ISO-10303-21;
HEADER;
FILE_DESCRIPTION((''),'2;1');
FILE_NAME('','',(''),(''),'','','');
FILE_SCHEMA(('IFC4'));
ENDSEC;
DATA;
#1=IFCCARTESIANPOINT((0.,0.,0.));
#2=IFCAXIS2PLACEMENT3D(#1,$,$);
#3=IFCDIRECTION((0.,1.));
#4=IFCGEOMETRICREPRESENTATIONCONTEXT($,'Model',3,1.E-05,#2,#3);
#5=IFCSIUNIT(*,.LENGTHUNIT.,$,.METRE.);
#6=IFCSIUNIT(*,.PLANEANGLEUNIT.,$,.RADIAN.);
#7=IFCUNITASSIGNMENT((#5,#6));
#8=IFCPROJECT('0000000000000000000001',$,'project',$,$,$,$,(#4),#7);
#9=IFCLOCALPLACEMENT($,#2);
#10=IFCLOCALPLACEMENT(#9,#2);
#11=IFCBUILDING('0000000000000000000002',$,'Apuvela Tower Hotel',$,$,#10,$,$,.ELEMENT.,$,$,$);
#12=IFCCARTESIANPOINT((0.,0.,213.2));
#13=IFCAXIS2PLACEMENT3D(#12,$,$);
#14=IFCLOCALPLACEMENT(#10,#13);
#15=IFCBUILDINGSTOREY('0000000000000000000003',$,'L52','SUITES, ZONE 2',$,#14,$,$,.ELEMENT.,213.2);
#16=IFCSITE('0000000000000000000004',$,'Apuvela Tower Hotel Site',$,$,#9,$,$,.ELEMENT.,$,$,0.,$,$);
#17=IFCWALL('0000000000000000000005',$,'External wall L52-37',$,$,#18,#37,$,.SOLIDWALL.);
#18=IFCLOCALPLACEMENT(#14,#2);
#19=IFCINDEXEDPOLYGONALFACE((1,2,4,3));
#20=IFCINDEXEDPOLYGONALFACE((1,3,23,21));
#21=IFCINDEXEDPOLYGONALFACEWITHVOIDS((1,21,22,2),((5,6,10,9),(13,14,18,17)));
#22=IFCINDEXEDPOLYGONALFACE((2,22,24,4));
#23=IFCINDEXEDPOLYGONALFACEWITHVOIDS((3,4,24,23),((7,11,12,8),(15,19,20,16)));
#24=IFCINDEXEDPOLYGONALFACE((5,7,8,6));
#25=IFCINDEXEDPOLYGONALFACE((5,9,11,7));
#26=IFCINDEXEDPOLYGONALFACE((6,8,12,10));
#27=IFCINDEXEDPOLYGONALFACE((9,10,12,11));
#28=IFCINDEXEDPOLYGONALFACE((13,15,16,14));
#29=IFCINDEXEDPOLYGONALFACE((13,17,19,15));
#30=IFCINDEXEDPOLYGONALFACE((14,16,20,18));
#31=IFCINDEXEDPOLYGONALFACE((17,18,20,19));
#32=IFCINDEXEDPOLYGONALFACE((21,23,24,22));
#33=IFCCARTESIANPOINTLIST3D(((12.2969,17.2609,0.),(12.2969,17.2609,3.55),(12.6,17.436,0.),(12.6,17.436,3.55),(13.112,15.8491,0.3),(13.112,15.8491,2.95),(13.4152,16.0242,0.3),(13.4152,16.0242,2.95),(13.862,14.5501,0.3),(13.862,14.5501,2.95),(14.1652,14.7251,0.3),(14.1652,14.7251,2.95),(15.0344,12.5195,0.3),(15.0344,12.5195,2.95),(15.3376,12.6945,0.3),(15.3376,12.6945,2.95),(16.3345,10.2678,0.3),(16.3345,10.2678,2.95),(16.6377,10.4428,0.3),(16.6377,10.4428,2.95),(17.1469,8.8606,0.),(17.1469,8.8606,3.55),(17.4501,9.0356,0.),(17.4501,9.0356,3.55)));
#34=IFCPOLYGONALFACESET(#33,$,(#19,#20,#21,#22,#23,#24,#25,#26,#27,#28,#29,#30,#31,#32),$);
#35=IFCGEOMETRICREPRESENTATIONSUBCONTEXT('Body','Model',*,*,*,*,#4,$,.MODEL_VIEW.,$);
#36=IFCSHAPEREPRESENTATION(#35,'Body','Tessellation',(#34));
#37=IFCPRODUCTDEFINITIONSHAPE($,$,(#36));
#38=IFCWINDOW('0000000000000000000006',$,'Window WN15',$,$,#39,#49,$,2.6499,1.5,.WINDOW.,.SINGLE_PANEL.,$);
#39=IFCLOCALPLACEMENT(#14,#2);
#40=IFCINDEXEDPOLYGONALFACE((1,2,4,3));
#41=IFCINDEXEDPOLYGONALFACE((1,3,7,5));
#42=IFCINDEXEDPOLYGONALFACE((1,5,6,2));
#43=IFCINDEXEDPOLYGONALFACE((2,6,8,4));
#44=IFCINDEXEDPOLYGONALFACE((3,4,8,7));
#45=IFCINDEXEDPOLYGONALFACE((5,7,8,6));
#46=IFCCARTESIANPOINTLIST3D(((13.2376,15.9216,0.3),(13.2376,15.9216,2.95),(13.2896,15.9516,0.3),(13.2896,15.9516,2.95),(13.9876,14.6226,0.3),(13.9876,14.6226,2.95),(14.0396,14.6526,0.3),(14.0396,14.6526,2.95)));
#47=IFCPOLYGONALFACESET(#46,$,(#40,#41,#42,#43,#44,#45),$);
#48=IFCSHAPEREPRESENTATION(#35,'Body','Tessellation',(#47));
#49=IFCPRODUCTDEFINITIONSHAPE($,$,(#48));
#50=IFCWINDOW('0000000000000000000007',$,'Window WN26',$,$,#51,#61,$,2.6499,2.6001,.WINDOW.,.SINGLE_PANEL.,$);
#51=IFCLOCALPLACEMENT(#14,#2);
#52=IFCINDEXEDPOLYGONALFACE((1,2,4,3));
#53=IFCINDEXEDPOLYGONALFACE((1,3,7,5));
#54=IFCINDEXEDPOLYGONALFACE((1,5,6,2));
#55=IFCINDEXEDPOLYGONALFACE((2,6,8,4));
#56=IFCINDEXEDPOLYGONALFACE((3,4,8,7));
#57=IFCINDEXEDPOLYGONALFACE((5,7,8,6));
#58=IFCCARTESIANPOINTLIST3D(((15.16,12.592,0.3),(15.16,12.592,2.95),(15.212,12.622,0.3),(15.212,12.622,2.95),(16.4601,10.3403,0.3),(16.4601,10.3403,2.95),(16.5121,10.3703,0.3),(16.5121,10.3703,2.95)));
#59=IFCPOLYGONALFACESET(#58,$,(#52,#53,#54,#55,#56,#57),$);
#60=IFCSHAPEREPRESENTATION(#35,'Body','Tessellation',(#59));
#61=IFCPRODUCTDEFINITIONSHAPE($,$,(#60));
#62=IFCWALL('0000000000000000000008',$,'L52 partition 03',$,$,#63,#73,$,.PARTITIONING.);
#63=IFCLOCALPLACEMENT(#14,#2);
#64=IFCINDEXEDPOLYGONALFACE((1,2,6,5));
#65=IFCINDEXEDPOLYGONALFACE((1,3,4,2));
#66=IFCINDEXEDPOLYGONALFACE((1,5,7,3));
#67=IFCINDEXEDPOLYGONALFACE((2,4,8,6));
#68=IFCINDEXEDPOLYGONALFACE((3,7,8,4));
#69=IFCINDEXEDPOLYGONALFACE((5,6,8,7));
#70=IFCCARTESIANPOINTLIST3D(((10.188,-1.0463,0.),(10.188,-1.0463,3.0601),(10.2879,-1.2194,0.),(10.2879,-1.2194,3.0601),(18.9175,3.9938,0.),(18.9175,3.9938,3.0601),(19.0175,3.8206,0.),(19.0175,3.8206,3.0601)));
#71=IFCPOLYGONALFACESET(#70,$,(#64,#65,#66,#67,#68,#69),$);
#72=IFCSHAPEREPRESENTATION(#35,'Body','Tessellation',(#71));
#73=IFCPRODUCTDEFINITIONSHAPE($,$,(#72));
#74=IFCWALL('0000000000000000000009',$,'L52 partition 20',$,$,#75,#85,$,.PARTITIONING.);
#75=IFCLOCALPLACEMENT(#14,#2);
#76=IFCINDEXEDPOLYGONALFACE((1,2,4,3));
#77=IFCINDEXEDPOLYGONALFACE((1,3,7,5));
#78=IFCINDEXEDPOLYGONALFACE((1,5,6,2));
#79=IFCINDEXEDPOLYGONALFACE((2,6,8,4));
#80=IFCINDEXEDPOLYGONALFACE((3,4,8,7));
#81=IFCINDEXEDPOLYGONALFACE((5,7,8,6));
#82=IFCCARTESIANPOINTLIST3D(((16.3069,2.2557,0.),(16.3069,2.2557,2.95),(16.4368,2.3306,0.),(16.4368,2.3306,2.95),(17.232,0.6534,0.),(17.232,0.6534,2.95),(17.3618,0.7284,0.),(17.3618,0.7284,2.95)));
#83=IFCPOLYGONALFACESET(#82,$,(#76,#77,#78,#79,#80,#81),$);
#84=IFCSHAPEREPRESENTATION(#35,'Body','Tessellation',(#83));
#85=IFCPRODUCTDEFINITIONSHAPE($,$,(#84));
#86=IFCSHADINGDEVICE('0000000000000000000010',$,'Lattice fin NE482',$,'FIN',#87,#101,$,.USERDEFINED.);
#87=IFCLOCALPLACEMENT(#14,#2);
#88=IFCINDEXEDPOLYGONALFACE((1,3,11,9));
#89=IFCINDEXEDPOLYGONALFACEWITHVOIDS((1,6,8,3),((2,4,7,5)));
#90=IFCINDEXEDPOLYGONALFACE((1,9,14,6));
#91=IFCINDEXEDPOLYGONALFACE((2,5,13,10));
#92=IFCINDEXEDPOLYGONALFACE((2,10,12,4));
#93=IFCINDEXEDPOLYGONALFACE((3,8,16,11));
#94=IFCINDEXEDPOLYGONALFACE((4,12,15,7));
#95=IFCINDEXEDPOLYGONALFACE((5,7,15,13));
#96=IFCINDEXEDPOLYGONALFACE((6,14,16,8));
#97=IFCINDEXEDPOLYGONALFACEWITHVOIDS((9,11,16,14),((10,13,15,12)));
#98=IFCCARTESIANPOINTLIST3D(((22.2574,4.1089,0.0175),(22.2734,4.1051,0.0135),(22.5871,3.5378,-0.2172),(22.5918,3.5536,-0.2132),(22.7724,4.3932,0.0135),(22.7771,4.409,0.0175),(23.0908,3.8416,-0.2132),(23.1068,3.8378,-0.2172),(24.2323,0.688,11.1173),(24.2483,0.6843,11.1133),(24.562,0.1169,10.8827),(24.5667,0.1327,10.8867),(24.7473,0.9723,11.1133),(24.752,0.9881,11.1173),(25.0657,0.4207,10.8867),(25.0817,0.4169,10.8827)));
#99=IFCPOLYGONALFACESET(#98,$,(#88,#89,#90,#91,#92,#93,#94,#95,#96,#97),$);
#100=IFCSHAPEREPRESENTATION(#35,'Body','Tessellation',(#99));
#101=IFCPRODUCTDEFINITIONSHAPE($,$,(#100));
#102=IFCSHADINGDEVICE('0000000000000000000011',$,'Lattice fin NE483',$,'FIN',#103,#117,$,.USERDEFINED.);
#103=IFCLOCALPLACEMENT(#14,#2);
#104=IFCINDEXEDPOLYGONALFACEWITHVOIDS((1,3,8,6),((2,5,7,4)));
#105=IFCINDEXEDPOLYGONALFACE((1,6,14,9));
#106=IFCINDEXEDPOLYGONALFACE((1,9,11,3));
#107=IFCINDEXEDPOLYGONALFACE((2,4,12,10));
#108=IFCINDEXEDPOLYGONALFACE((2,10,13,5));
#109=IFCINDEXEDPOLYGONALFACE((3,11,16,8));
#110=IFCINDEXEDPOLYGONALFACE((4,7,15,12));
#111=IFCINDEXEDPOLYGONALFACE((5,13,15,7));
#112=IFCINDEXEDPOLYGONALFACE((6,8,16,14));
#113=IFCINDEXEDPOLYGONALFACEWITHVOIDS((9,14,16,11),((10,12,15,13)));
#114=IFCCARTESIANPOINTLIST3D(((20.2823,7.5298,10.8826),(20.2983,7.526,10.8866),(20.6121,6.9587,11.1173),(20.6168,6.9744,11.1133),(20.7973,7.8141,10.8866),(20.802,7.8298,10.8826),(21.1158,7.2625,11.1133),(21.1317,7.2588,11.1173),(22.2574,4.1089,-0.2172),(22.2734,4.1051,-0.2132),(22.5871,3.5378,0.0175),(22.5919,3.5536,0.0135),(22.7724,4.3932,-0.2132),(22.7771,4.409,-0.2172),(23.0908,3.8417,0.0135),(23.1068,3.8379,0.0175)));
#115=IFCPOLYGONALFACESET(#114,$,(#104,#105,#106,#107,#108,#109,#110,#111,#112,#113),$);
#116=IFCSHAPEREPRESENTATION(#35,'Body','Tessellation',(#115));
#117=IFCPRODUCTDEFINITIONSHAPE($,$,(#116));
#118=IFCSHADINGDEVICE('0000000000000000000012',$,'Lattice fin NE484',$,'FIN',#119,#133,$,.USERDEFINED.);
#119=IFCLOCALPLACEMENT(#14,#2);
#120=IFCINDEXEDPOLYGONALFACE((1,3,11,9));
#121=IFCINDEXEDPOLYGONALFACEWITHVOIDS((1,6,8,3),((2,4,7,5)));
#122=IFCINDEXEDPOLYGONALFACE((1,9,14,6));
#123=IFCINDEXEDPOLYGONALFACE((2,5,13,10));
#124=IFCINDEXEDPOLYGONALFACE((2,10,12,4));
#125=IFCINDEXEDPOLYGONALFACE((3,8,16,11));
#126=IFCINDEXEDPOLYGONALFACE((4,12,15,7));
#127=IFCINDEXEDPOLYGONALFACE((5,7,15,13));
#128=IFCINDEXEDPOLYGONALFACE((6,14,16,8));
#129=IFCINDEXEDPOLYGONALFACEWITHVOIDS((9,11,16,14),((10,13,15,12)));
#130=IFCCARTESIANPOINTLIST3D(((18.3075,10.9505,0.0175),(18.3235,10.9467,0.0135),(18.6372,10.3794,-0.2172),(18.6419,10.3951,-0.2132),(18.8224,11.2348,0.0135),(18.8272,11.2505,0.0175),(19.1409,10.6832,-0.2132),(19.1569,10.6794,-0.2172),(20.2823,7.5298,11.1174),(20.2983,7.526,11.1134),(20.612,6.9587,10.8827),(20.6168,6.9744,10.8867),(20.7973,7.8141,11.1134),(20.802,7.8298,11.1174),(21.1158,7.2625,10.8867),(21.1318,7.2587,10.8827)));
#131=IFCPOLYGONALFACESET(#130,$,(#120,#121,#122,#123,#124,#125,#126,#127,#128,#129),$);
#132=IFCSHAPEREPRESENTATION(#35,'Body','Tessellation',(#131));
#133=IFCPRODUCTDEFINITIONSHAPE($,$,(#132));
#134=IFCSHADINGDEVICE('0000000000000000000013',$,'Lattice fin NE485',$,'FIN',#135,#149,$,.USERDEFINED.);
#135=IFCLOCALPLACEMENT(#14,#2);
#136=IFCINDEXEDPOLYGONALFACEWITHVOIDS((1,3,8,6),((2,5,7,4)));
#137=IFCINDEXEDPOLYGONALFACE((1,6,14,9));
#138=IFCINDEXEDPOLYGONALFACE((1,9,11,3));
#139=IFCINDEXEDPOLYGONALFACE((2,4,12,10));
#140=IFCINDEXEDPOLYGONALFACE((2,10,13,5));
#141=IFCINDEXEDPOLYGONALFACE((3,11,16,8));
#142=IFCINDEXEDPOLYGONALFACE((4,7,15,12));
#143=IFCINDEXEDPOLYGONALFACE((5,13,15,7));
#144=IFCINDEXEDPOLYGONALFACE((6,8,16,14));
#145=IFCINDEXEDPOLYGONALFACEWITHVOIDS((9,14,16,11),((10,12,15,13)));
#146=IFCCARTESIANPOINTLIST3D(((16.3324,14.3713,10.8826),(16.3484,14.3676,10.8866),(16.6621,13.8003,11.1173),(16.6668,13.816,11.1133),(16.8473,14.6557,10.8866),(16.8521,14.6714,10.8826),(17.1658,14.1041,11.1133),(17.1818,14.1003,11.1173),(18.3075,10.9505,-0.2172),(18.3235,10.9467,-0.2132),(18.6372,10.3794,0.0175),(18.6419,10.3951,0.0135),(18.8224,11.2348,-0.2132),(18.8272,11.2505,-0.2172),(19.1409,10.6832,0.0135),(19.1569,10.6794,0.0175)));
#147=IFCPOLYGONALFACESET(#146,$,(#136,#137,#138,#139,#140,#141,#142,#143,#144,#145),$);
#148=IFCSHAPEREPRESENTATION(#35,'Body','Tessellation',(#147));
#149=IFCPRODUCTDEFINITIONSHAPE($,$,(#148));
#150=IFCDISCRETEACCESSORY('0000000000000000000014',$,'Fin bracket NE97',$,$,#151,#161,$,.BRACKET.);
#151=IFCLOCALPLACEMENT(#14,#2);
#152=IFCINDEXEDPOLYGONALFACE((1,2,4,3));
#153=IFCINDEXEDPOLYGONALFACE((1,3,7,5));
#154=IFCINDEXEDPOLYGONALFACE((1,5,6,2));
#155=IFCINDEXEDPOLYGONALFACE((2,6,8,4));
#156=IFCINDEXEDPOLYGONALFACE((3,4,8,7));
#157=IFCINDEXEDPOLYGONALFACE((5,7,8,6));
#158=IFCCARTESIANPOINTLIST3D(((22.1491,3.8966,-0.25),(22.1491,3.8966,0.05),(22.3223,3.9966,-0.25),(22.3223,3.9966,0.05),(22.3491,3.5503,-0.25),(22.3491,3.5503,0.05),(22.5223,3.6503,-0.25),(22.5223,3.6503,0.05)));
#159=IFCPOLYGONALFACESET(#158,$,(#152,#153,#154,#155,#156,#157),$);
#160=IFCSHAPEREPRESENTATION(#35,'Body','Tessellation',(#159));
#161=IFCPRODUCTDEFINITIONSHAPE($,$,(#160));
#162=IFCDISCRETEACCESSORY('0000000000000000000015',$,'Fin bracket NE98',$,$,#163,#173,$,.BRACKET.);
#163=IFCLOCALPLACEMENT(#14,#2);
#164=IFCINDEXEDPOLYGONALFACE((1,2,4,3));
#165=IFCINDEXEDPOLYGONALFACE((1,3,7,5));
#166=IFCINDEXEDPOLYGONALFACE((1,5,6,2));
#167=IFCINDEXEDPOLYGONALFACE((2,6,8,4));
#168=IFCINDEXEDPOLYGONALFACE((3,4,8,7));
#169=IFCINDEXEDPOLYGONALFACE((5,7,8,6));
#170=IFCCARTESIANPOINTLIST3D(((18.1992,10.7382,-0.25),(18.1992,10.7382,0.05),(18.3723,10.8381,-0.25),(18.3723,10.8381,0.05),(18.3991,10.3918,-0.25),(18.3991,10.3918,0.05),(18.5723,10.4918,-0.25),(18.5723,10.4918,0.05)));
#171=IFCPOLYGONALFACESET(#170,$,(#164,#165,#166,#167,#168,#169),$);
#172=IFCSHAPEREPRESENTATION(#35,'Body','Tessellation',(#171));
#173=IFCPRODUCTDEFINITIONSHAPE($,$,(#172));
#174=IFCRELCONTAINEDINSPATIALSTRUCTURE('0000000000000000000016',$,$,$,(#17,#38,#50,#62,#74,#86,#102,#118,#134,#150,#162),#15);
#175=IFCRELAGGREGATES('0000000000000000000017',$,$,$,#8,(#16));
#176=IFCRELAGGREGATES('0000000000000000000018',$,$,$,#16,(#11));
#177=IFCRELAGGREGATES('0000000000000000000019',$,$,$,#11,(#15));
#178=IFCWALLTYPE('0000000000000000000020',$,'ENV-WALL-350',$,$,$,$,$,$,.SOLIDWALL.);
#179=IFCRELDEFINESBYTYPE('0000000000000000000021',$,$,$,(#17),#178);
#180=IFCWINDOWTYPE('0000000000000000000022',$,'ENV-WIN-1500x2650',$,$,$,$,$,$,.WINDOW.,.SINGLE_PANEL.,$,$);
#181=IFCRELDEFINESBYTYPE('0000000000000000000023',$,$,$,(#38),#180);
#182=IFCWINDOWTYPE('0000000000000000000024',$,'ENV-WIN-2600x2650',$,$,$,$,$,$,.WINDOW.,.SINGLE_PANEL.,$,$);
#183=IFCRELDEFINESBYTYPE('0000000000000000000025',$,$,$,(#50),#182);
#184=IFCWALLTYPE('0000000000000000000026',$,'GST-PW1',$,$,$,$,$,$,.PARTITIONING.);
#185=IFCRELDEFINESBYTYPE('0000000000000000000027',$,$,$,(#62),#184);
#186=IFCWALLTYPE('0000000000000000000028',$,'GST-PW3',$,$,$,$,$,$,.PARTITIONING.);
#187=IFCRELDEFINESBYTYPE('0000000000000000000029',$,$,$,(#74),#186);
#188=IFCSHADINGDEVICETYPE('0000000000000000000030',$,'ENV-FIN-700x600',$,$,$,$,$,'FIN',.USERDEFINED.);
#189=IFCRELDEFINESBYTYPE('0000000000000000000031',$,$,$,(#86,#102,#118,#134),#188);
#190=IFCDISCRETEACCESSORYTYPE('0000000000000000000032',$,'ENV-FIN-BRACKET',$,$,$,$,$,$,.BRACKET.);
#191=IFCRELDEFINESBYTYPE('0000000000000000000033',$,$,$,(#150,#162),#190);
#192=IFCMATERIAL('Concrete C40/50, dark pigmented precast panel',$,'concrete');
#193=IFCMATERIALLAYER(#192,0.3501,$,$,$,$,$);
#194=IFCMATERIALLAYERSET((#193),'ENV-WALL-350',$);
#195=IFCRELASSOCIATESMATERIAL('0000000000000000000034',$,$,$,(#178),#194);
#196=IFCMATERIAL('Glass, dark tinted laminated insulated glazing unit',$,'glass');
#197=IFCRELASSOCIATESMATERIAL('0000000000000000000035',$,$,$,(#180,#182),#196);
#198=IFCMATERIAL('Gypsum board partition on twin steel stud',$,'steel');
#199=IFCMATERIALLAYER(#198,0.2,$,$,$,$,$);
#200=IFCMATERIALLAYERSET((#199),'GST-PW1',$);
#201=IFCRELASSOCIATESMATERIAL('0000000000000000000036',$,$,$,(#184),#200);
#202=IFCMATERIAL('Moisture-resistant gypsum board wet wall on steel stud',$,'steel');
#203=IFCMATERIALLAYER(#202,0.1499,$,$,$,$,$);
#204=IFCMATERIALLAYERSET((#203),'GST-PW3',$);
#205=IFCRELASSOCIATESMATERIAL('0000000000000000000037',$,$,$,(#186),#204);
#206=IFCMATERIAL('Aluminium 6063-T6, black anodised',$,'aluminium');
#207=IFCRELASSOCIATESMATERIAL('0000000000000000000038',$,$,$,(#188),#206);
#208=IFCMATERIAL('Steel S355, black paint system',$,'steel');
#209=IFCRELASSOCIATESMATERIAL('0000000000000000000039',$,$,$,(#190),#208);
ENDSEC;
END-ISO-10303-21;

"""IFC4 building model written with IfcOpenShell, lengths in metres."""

from ifc_helpers import new_model, si_unit, direction, frame, frame_2d, origin, origin_2d, place, context, subcontext, project, spatial, rectangle, hollow_rectangle, extrude, material, layer, layer_set, material_profile, profile_set, type_object, element, fill, save


model = new_model("IFC4")

# Units and contexts
model_context = context("Model", 3, precision=1e-05, world=origin(), true_north=direction((0.0, 1.0)))
body_context = subcontext(model_context, "Body", "Model", "MODEL_VIEW")
ifc_project = project(units=[si_unit("LENGTHUNIT", "METRE"), si_unit("PLANEANGLEUNIT", "RADIAN")], contexts=[model_context])

# Site, building, storey
site_placement = place(None, origin())
site = spatial("IfcSite", under=ifc_project, at=site_placement, Name="Apuvela Tower Hotel Site", CompositionType="ELEMENT", RefElevation=0.0)
building_placement = place(site_placement, origin())
building = spatial("IfcBuilding", under=site, at=building_placement, Name="Apuvela Tower Hotel", CompositionType="ELEMENT")
storey_placement = place(building_placement, frame((0.0, 0.0, 213.2)))
storey = spatial("IfcBuildingStorey", under=building, at=storey_placement, Name="L52", Description="SUITES, ZONE 2", CompositionType="ELEMENT", Elevation=213.2)

# Shared definitions
ifc_material_1 = material(Name="Concrete C40/50, dark pigmented precast panel", Category="concrete")
ifc_layer_1 = layer(ifc_material_1, 0.3501)
ifc_layer_set_1 = layer_set([ifc_layer_1], Name="ENV-WALL-350")
wall_type_1 = type_object("IfcWallType", Name="ENV-WALL-350", PredefinedType="SOLIDWALL", material=ifc_layer_set_1)

# Shared definitions
ifc_material_2 = material(Name="Glass, dark tinted laminated insulated glazing unit", Category="glass")
window_type_1 = type_object("IfcWindowType", Name="ENV-WIN-1500x2650", PartitioningType="SINGLE_PANEL", PredefinedType="WINDOW", material=ifc_material_2)

# Wall, openings, windows
wall_1_placement = place(storey_placement, frame((17.2986, 8.948, 0.0), z_axis=(0.0, 0.0, 1.0), x_axis=(-0.50001, 0.86602, 0.0)))
wall_1 = element("IfcWall", 1, at=wall_1_placement, inside=storey, type_object=wall_type_1, Name="External wall L52-37", PredefinedType="SOLIDWALL", context=body_context, shape_type="SweptSolid", body=[
    extrude(rectangle(XDim=9.7, YDim=0.3501, at=frame_2d((4.8501, 0.0))), origin(), (0.0, 0.0, 1.0), 3.55),
])
opening_1_placement = place(wall_1_placement, frame((1.625, 0.0, 0.3)))
opening_1 = element("IfcOpeningElement", 2, at=opening_1_placement, cuts=wall_1, PredefinedType="OPENING", context=body_context, shape_type="SweptSolid", body=[
    extrude(rectangle(XDim=2.6001, YDim=2.6499, at=frame_2d((1.3, 1.325))), frame((0.0, 0.1851, 0.0), z_axis=(0.0, -1.0, 0.0), x_axis=(1.0, 0.0, 0.0)), (0.0, 0.0, 1.0), 0.3701),
])
opening_2_placement = place(wall_1_placement, frame((6.5698, 0.0, 0.3)))
opening_2 = element("IfcOpeningElement", 3, at=opening_2_placement, cuts=wall_1, PredefinedType="OPENING", context=body_context, shape_type="SweptSolid", body=[
    extrude(rectangle(XDim=1.5, YDim=2.6499, at=frame_2d((0.75, 1.325))), frame((0.0, 0.1851, 0.0), z_axis=(0.0, -1.0, 0.0), x_axis=(1.0, 0.0, 0.0)), (0.0, 0.0, 1.0), 0.3701),
])
window_1_placement = place(opening_2_placement, origin())
window_1 = element("IfcWindow", 4, at=window_1_placement, inside=storey, type_object=window_type_1, Name="Window WN15", OverallHeight=2.6499, OverallWidth=1.5, PartitioningType="SINGLE_PANEL", PredefinedType="WINDOW", context=body_context, shape_type="SweptSolid", body=[
    extrude(rectangle(XDim=1.5, YDim=2.6499, at=frame_2d((0.75, 1.325))), frame((0.0, 0.03, 0.0), z_axis=(0.0, -1.0, 0.0), x_axis=(1.0, 0.0, 0.0)), (0.0, 0.0, 1.0), 0.0601),
])
fill(opening_2, window_1)
window_type_2 = type_object("IfcWindowType", Name="ENV-WIN-2600x2650", PartitioningType="SINGLE_PANEL", PredefinedType="WINDOW", material=ifc_material_2)
window_2_placement = place(opening_1_placement, origin())
window_2 = element("IfcWindow", 5, at=window_2_placement, inside=storey, type_object=window_type_2, Name="Window WN26", OverallHeight=2.6499, OverallWidth=2.6001, PartitioningType="SINGLE_PANEL", PredefinedType="WINDOW", context=body_context, shape_type="SweptSolid", body=[
    extrude(rectangle(XDim=2.6001, YDim=2.6499, at=frame_2d((1.3, 1.325))), frame((0.0, 0.03, 0.0), z_axis=(0.0, -1.0, 0.0), x_axis=(1.0, 0.0, 0.0)), (0.0, 0.0, 1.0), 0.0601),
])
fill(opening_1, window_2)

# Walls
ifc_material_3 = material(Name="Gypsum board partition on twin steel stud", Category="steel")
ifc_layer_2 = layer(ifc_material_3, 0.2)
ifc_layer_set_2 = layer_set([ifc_layer_2], Name="GST-PW1")
wall_type_2 = type_object("IfcWallType", Name="GST-PW1", PredefinedType="PARTITIONING", material=ifc_layer_set_2)
wall_2_placement = place(storey_placement, frame((18.9675, 3.9072, 0.0), z_axis=(0.0, 0.0, 1.0), x_axis=(-0.866023, -0.500005, 0.0)))
element("IfcWall", 6, at=wall_2_placement, inside=storey, type_object=wall_type_2, Name="L52 partition 03", PredefinedType="PARTITIONING", context=body_context, shape_type="SweptSolid", body=[
    extrude(rectangle(XDim=10.0801, YDim=0.2, at=frame_2d((5.04, 0.0))), origin(), (0.0, 0.0, 1.0), 3.0601),
])
ifc_material_4 = material(Name="Moisture-resistant gypsum board wet wall on steel stud", Category="steel")
ifc_layer_3 = layer(ifc_material_4, 0.1499)
ifc_layer_set_3 = layer_set([ifc_layer_3], Name="GST-PW3")
wall_type_3 = type_object("IfcWallType", Name="GST-PW3", PredefinedType="PARTITIONING", material=ifc_layer_set_3)
wall_3_placement = place(storey_placement, frame((17.2969, 0.6909, 0.0), z_axis=(0.0, 0.0, 1.0), x_axis=(-0.499985, 0.866034, 0.0)))
element("IfcWall", 7, at=wall_3_placement, inside=storey, type_object=wall_type_3, Name="L52 partition 20", PredefinedType="PARTITIONING", context=body_context, shape_type="SweptSolid", body=[
    extrude(rectangle(XDim=1.8501, YDim=0.1499, at=frame_2d((0.925, 0.0))), origin(), (0.0, 0.0, 1.0), 2.95),
])

# Shading devices
ifc_material_5 = material(Name="Aluminium 6063-T6, black anodised", Category="aluminium")
ifc_material_profile_1 = material_profile(ifc_material_5, hollow_rectangle(XDim=0.6001, YDim=0.7, WallThickness=0.012, at=origin_2d()), Name="AL BOX 700x600x12")
ifc_profile_set_1 = profile_set([ifc_material_profile_1], Name="Aluminium 6063-T6, black anodised")
shading_device_type = type_object("IfcShadingDeviceType", Name="ENV-FIN-700x600", ElementType="FIN", PredefinedType="USERDEFINED", material=ifc_profile_set_1)
for number, where, z_axis, x_axis, name in (
    (8, (22.6821, 3.9734, -0.0999), (0.16762, -0.290356, 0.942124), (0.866048, 0.499961, 0.0), "Lattice fin NE482"),
    (9, (22.6821, 3.9734, -0.0999), (-0.16764, 0.290355, 0.94212), (-0.866021, -0.500008, 0.0), "Lattice fin NE483"),
    (10, (18.7322, 10.8149, -0.0999), (0.167621, -0.290337, 0.942129), (0.866032, 0.499988, 0.0), "Lattice fin NE484"),
    (11, (18.7322, 10.8149, -0.0999), (-0.16764, 0.290355, 0.94212), (-0.866021, -0.500008, 0.0), "Lattice fin NE485"),
):
    element("IfcShadingDevice", number, at=place(storey_placement, frame(where, z_axis=z_axis, x_axis=x_axis)), inside=storey, type_object=shading_device_type, Name=name, ObjectType="FIN", PredefinedType="USERDEFINED", context=body_context, shape_type="SweptSolid", body=[
        extrude(hollow_rectangle(XDim=0.6001, YDim=0.7, WallThickness=0.012, at=origin_2d()), origin(), (0.0, 0.0, 1.0), 11.7817),
    ])

# Discrete accessories
ifc_material_6 = material(Name="Steel S355, black paint system", Category="steel")
discrete_accessory_type = type_object("IfcDiscreteAccessoryType", Name="ENV-FIN-BRACKET", PredefinedType="BRACKET", material=ifc_material_6)
for number, where, z_axis, x_axis, name in (
    (12, (22.3357, 3.7734, -0.25), (0.0, 0.0, 1.0), (-0.5, 0.866025, 0.0), "Fin bracket NE97"),
    (13, (18.3857, 10.615, -0.25), (0.0, 0.0, 1.0), (-0.5, 0.866025, 0.0), "Fin bracket NE98"),
):
    element("IfcDiscreteAccessory", number, at=place(storey_placement, frame(where, z_axis=z_axis, x_axis=x_axis)), inside=storey, type_object=discrete_accessory_type, Name=name, PredefinedType="BRACKET", context=body_context, shape_type="SweptSolid", body=[
        extrude(rectangle(XDim=0.3999, YDim=0.2, at=origin_2d()), origin(), (0.0, 0.0, 1.0), 0.3),
    ])

save(model, "model.ifc")
